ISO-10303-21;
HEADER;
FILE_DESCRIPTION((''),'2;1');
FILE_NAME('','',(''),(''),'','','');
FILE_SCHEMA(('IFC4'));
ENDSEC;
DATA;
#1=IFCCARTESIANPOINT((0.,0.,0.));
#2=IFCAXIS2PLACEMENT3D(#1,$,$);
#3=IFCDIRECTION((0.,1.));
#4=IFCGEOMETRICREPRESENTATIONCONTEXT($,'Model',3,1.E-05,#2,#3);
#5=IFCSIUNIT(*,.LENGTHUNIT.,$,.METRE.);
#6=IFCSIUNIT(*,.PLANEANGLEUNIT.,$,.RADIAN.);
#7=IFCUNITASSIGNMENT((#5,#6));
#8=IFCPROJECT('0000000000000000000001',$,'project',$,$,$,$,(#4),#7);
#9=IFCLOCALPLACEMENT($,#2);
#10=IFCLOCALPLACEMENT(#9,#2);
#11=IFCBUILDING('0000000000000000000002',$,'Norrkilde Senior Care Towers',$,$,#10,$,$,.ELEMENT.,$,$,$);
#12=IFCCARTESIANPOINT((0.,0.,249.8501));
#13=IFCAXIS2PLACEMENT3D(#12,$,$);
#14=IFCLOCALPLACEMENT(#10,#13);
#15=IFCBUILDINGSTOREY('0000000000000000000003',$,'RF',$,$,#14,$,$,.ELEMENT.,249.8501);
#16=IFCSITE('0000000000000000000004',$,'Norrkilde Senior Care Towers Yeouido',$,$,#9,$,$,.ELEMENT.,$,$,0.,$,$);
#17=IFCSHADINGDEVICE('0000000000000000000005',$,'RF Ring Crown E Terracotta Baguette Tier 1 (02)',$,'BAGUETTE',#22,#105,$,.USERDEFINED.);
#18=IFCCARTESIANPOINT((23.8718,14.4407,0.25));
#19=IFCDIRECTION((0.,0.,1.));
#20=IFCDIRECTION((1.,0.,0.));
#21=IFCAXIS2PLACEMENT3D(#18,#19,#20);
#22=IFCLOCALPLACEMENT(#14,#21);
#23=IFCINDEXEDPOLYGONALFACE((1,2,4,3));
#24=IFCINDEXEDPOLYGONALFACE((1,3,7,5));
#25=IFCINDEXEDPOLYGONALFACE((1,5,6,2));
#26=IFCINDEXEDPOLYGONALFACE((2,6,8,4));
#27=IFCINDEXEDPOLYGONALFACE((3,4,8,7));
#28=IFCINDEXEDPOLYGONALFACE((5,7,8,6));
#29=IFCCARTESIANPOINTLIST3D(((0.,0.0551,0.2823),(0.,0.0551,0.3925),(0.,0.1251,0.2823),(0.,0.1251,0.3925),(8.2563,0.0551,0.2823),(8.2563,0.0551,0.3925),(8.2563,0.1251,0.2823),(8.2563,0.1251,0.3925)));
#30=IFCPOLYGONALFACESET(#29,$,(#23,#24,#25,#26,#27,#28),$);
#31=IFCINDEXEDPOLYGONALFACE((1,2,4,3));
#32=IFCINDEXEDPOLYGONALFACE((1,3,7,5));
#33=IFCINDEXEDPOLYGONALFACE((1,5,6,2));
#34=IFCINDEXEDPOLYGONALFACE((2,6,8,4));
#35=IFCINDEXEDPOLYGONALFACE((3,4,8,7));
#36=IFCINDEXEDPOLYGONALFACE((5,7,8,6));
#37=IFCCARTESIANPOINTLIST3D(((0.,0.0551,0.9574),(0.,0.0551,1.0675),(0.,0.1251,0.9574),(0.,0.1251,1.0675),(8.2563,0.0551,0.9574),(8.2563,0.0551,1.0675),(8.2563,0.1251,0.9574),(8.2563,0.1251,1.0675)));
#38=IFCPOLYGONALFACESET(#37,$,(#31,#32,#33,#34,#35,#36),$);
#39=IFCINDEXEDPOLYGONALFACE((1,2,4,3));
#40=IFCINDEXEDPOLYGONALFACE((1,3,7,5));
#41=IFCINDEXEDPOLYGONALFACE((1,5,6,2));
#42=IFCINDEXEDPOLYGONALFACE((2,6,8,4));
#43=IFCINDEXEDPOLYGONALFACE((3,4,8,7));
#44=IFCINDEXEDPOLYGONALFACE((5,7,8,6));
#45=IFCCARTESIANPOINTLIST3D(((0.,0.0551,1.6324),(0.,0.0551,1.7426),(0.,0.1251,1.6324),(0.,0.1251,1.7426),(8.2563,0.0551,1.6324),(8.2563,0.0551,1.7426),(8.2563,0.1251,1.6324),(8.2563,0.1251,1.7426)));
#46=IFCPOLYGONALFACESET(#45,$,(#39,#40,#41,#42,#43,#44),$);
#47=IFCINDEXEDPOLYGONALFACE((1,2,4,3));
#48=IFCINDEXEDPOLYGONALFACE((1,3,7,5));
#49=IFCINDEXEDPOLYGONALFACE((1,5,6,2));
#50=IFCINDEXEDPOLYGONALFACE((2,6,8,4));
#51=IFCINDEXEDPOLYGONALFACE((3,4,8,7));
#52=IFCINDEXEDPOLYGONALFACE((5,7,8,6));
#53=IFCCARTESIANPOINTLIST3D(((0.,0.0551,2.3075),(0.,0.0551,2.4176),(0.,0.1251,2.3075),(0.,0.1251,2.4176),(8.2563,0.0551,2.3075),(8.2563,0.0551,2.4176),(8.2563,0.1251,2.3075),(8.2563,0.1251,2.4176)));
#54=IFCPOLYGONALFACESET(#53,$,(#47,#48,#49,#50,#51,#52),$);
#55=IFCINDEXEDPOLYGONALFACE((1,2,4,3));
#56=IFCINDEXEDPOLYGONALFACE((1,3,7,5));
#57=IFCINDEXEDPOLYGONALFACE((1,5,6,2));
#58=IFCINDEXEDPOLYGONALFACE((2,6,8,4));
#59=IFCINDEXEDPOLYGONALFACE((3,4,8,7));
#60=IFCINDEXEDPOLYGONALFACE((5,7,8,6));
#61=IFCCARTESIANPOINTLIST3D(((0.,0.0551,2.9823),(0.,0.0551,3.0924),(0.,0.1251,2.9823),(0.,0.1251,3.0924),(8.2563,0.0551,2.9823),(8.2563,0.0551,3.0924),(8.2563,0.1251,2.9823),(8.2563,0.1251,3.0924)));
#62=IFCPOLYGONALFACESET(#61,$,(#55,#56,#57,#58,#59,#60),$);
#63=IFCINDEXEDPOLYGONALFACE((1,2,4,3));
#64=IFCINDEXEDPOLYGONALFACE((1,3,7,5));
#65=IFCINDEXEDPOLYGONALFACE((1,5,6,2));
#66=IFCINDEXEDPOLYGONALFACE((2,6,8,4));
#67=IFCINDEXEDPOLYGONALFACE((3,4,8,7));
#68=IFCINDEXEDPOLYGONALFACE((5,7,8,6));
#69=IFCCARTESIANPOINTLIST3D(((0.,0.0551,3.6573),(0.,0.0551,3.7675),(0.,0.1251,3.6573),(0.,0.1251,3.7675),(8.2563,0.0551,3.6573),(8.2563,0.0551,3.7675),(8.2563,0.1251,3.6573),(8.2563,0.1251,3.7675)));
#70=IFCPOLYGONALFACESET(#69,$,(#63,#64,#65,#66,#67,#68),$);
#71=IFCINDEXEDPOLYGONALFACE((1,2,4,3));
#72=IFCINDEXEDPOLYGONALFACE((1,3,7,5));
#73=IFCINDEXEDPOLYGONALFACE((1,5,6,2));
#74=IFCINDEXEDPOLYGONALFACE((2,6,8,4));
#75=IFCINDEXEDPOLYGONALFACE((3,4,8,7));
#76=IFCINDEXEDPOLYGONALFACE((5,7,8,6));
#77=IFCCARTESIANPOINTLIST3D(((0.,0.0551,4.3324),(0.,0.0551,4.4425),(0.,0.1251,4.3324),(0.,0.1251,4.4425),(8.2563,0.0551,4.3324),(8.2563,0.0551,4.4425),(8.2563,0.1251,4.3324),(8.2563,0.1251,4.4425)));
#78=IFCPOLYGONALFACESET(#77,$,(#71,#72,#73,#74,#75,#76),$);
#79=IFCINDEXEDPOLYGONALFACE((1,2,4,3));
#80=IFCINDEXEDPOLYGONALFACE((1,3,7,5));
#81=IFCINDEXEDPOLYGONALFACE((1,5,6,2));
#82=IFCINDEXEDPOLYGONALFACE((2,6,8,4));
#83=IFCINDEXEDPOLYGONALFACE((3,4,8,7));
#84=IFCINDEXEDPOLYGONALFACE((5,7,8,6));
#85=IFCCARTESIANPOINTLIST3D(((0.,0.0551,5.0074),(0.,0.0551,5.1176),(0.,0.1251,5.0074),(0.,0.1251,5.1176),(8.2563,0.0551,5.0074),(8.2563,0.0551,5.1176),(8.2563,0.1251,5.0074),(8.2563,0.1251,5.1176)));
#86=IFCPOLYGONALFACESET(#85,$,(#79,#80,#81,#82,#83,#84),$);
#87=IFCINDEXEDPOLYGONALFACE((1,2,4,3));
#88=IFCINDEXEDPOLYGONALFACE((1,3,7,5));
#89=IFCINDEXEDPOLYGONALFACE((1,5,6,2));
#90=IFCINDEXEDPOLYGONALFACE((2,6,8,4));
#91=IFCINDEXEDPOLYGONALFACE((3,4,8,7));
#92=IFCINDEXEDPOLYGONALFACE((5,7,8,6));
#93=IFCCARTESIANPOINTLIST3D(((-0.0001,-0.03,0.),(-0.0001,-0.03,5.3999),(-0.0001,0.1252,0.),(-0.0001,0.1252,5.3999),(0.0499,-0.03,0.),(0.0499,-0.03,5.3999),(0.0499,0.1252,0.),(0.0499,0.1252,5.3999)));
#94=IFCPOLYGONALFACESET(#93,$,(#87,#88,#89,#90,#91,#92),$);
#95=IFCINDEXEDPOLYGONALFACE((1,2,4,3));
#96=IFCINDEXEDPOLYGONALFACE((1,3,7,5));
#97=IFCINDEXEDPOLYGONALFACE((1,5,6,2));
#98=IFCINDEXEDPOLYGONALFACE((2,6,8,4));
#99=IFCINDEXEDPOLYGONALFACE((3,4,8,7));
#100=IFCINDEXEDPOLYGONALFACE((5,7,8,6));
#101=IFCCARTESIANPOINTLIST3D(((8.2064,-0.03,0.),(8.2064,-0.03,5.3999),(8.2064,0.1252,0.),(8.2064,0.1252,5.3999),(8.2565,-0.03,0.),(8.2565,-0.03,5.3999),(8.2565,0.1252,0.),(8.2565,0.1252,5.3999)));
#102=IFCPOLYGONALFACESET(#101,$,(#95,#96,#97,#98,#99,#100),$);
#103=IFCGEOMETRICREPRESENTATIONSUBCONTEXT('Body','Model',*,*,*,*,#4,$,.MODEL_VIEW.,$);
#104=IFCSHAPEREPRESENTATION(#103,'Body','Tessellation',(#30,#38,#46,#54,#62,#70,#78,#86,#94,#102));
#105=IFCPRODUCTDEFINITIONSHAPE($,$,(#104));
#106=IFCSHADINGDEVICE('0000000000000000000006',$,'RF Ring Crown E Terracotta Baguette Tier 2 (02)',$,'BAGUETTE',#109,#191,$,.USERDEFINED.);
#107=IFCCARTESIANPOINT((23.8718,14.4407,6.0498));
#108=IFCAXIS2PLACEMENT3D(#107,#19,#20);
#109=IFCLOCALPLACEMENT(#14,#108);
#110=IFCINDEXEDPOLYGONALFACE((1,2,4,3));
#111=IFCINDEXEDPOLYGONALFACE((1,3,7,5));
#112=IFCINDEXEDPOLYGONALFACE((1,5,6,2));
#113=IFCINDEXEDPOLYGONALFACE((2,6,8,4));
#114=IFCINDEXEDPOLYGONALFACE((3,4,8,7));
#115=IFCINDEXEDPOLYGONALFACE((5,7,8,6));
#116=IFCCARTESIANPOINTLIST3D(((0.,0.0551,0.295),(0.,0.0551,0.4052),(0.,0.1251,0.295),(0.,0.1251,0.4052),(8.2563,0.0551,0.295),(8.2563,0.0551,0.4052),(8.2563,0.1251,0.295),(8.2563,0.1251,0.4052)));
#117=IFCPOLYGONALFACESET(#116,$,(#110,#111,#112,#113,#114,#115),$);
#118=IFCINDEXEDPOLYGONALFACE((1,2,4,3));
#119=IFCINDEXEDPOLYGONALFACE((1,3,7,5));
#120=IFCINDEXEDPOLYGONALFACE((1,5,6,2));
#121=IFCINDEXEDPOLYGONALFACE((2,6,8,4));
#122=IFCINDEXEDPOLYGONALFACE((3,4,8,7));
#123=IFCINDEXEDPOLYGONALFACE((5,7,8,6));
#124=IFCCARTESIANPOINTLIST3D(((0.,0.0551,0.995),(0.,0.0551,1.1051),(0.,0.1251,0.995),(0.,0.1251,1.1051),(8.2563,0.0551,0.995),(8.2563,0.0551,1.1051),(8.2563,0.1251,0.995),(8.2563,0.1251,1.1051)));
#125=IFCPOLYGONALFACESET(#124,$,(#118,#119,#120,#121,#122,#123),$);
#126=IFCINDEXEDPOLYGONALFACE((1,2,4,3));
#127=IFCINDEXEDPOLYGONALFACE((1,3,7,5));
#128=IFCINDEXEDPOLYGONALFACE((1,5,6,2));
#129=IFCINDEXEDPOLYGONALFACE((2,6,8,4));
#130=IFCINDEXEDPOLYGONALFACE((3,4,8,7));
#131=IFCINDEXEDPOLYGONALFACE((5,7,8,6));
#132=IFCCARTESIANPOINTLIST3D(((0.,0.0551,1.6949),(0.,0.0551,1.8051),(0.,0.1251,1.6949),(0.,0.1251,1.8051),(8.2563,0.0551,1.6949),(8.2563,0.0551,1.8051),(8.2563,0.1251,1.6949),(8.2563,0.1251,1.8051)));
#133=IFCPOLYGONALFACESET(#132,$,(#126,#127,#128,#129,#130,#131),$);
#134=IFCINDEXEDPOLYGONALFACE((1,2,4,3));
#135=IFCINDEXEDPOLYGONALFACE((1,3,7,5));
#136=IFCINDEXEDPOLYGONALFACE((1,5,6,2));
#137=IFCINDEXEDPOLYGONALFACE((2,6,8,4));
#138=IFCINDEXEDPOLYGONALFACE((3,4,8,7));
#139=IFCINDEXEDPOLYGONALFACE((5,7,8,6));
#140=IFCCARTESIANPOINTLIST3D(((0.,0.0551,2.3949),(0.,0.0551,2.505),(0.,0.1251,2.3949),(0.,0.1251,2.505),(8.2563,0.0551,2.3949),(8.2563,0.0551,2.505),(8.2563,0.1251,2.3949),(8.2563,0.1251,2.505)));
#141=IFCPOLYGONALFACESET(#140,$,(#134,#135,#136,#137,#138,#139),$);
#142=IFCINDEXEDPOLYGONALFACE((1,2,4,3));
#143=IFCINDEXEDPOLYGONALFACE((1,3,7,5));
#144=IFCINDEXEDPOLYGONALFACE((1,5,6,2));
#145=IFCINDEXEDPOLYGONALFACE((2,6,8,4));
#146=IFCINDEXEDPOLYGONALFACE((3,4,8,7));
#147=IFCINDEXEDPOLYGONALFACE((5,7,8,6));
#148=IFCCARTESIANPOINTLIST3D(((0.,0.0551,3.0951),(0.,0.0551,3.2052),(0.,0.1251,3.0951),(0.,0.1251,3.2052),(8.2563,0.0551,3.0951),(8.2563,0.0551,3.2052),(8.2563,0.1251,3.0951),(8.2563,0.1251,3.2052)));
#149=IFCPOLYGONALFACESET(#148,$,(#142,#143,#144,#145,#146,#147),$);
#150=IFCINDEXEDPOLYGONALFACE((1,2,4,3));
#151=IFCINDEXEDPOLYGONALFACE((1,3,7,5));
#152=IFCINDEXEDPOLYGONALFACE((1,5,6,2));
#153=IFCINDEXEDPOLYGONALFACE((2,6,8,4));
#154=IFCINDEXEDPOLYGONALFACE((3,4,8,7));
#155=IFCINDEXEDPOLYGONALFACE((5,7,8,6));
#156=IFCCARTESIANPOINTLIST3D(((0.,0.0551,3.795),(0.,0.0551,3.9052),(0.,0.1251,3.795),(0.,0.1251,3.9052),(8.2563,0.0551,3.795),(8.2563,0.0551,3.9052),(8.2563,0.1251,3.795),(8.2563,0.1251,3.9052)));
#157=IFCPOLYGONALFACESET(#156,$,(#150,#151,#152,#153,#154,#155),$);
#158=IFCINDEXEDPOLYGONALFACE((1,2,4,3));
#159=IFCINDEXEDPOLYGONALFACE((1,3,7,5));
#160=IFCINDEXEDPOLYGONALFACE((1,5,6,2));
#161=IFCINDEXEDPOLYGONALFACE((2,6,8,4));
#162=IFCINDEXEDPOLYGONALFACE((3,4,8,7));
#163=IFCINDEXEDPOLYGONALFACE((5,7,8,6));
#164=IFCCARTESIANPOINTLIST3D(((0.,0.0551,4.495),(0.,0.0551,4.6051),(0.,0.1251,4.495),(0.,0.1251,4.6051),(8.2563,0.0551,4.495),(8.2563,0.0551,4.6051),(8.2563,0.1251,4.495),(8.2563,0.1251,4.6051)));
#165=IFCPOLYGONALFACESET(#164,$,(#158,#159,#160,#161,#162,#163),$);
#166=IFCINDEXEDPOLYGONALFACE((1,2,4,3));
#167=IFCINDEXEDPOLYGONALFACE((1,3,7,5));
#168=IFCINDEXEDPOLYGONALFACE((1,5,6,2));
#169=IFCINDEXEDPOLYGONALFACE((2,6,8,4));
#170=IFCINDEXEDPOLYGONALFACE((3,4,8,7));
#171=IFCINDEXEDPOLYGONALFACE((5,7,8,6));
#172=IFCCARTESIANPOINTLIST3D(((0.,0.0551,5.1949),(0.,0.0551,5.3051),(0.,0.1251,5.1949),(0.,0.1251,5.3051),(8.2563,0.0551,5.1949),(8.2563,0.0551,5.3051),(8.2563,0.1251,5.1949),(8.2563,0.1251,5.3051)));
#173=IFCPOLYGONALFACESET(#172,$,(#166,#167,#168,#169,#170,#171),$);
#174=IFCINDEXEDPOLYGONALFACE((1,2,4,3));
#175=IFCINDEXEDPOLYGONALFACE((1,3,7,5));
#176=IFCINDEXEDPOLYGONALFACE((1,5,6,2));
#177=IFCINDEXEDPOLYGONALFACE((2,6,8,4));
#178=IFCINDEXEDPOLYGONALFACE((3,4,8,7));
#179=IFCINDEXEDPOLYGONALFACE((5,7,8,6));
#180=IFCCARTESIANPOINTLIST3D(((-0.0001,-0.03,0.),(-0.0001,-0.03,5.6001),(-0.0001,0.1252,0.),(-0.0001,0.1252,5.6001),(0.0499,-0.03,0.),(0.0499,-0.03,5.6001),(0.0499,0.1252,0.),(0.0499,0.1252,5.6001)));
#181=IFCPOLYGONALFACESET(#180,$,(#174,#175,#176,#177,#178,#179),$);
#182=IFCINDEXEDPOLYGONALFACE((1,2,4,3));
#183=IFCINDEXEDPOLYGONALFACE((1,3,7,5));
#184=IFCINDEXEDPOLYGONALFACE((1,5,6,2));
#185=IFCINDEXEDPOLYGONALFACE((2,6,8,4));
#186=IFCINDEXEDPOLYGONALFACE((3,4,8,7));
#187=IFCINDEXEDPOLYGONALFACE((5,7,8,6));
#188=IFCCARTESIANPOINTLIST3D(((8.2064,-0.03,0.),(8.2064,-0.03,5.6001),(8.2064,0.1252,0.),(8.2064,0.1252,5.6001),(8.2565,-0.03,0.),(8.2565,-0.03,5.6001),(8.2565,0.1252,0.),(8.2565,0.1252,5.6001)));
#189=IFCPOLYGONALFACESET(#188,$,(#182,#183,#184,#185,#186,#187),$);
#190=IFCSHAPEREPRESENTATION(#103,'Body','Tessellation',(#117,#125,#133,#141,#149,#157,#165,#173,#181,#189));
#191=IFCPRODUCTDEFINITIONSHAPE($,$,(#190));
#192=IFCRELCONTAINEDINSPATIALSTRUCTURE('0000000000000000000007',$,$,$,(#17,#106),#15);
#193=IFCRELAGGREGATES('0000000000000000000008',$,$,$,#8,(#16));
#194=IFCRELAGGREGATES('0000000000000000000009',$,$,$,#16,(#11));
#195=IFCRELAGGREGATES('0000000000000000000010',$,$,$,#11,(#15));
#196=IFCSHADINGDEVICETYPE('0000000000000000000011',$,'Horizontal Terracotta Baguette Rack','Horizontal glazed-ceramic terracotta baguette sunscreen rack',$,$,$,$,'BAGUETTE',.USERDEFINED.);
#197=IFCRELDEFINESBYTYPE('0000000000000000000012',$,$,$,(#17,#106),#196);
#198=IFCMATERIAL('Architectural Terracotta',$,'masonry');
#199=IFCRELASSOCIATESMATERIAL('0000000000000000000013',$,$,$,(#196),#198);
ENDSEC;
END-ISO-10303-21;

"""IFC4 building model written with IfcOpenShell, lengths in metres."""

from ifc_helpers import new_model, si_unit, direction, frame, origin, origin_2d, place, context, subcontext, project, spatial, rectangle, extrude, source, transform, mapped, material, type_object, type_shapes, element, save


model = new_model("IFC4")

# Units and contexts
model_context = context("Model", 3, precision=1e-05, world=origin(), true_north=direction((0.0, 1.0)))
body_context = subcontext(model_context, "Body", "Model", "MODEL_VIEW")
ifc_project = project(units=[si_unit("LENGTHUNIT", "METRE"), si_unit("PLANEANGLEUNIT", "RADIAN")], contexts=[model_context])

# Site, building, storey
site_placement = place(None, origin())
site = spatial("IfcSite", under=ifc_project, at=site_placement, Name="Norrkilde Senior Care Towers Yeouido", CompositionType="ELEMENT", RefElevation=0.0)
building_placement = place(site_placement, origin())
building = spatial("IfcBuilding", under=site, at=building_placement, Name="Norrkilde Senior Care Towers", CompositionType="ELEMENT")
storey_placement = place(building_placement, frame((0.0, 0.0, 249.8501)))
storey = spatial("IfcBuildingStorey", under=building, at=storey_placement, Name="RF", CompositionType="ELEMENT", Elevation=249.8501)

# Shared definitions
ifc_material_1 = material(Name="Architectural Terracotta", Category="masonry")

# Shading devices
shading_device_type = type_object("IfcShadingDeviceType", Name="Horizontal Terracotta Baguette Rack", Description="Horizontal glazed-ceramic terracotta baguette sunscreen rack", ElementType="BAGUETTE", PredefinedType="USERDEFINED", material=ifc_material_1)
shared_shape_1 = source(origin(), body_context, "Body", "SweptSolid", [
    extrude(rectangle(XDim=0.0701, YDim=0.1101, at=origin_2d()), frame((0.0, 0.0901, 0.3374), z_axis=(1.0, 0.0, 0.0), x_axis=(0.0, 1.0, 0.0)), (0.0, 0.0, 1.0), 8.2563),
    extrude(rectangle(XDim=0.0701, YDim=0.1101, at=origin_2d()), frame((0.0, 0.0901, 1.0125), z_axis=(1.0, 0.0, 0.0), x_axis=(0.0, 1.0, 0.0)), (0.0, 0.0, 1.0), 8.2563),
    extrude(rectangle(XDim=0.0701, YDim=0.1101, at=origin_2d()), frame((0.0, 0.0901, 1.6875), z_axis=(1.0, 0.0, 0.0), x_axis=(0.0, 1.0, 0.0)), (0.0, 0.0, 1.0), 8.2563),
    extrude(rectangle(XDim=0.0701, YDim=0.1101, at=origin_2d()), frame((0.0, 0.0901, 2.3625), z_axis=(1.0, 0.0, 0.0), x_axis=(0.0, 1.0, 0.0)), (0.0, 0.0, 1.0), 8.2563),
    extrude(rectangle(XDim=0.0701, YDim=0.1101, at=origin_2d()), frame((0.0, 0.0901, 3.0374), z_axis=(1.0, 0.0, 0.0), x_axis=(0.0, 1.0, 0.0)), (0.0, 0.0, 1.0), 8.2563),
    extrude(rectangle(XDim=0.0701, YDim=0.1101, at=origin_2d()), frame((0.0, 0.0901, 3.7124), z_axis=(1.0, 0.0, 0.0), x_axis=(0.0, 1.0, 0.0)), (0.0, 0.0, 1.0), 8.2563),
    extrude(rectangle(XDim=0.0701, YDim=0.1101, at=origin_2d()), frame((0.0, 0.0901, 4.3875), z_axis=(1.0, 0.0, 0.0), x_axis=(0.0, 1.0, 0.0)), (0.0, 0.0, 1.0), 8.2563),
    extrude(rectangle(XDim=0.0701, YDim=0.1101, at=origin_2d()), frame((0.0, 0.0901, 5.0625), z_axis=(1.0, 0.0, 0.0), x_axis=(0.0, 1.0, 0.0)), (0.0, 0.0, 1.0), 8.2563),
    extrude(rectangle(XDim=0.05, YDim=0.1553, at=origin_2d()), frame((0.0249, 0.0476, 0.0)), (0.0, 0.0, 1.0), 5.3999),
    extrude(rectangle(XDim=0.05, YDim=0.1553, at=origin_2d()), frame((8.2314, 0.0476, 0.0)), (0.0, 0.0, 1.0), 5.3999),
])
shading_device_1_placement = place(storey_placement, frame((23.8718, 14.4407, 0.25), z_axis=(0.0, 0.0, 1.0), x_axis=(1.0, 0.0, 0.0)))
element("IfcShadingDevice", 1, at=shading_device_1_placement, inside=storey, type_object=shading_device_type, Name="RF Ring Crown E Terracotta Baguette Tier 1 (02)", ObjectType="BAGUETTE", PredefinedType="USERDEFINED", context=body_context, shape_type="MappedRepresentation", body=[
    mapped(shared_shape_1, transform((0.0, 0.0, 0.0), x_axis=(1.0, 0.0, 0.0), y_axis=(0.0, 1.0, 0.0), z_axis=(0.0, 0.0, 1.0), scale=1.0)),
])
shared_shape_2 = source(origin(), body_context, "Body", "SweptSolid", [
    extrude(rectangle(XDim=0.0701, YDim=0.1101, at=origin_2d()), frame((0.0, 0.0901, 0.3501), z_axis=(1.0, 0.0, 0.0), x_axis=(0.0, 1.0, 0.0)), (0.0, 0.0, 1.0), 8.2563),
    extrude(rectangle(XDim=0.0701, YDim=0.1101, at=origin_2d()), frame((0.0, 0.0901, 1.05), z_axis=(1.0, 0.0, 0.0), x_axis=(0.0, 1.0, 0.0)), (0.0, 0.0, 1.0), 8.2563),
    extrude(rectangle(XDim=0.0701, YDim=0.1101, at=origin_2d()), frame((0.0, 0.0901, 1.75), z_axis=(1.0, 0.0, 0.0), x_axis=(0.0, 1.0, 0.0)), (0.0, 0.0, 1.0), 8.2563),
    extrude(rectangle(XDim=0.0701, YDim=0.1101, at=origin_2d()), frame((0.0, 0.0901, 2.45), z_axis=(1.0, 0.0, 0.0), x_axis=(0.0, 1.0, 0.0)), (0.0, 0.0, 1.0), 8.2563),
    extrude(rectangle(XDim=0.0701, YDim=0.1101, at=origin_2d()), frame((0.0, 0.0901, 3.1501), z_axis=(1.0, 0.0, 0.0), x_axis=(0.0, 1.0, 0.0)), (0.0, 0.0, 1.0), 8.2563),
    extrude(rectangle(XDim=0.0701, YDim=0.1101, at=origin_2d()), frame((0.0, 0.0901, 3.8501), z_axis=(1.0, 0.0, 0.0), x_axis=(0.0, 1.0, 0.0)), (0.0, 0.0, 1.0), 8.2563),
    extrude(rectangle(XDim=0.0701, YDim=0.1101, at=origin_2d()), frame((0.0, 0.0901, 4.55), z_axis=(1.0, 0.0, 0.0), x_axis=(0.0, 1.0, 0.0)), (0.0, 0.0, 1.0), 8.2563),
    extrude(rectangle(XDim=0.0701, YDim=0.1101, at=origin_2d()), frame((0.0, 0.0901, 5.25), z_axis=(1.0, 0.0, 0.0), x_axis=(0.0, 1.0, 0.0)), (0.0, 0.0, 1.0), 8.2563),
    extrude(rectangle(XDim=0.05, YDim=0.1553, at=origin_2d()), frame((0.0249, 0.0476, 0.0)), (0.0, 0.0, 1.0), 5.6001),
    extrude(rectangle(XDim=0.05, YDim=0.1553, at=origin_2d()), frame((8.2314, 0.0476, 0.0)), (0.0, 0.0, 1.0), 5.6001),
])
type_shapes(shading_device_type, [shared_shape_1, shared_shape_2])
shading_device_2_placement = place(storey_placement, frame((23.8718, 14.4407, 6.0498), z_axis=(0.0, 0.0, 1.0), x_axis=(1.0, 0.0, 0.0)))
element("IfcShadingDevice", 2, at=shading_device_2_placement, inside=storey, type_object=shading_device_type, Name="RF Ring Crown E Terracotta Baguette Tier 2 (02)", ObjectType="BAGUETTE", PredefinedType="USERDEFINED", context=body_context, shape_type="MappedRepresentation", body=[
    mapped(shared_shape_2, transform((0.0, 0.0, 0.0), x_axis=(1.0, 0.0, 0.0), y_axis=(0.0, 1.0, 0.0), z_axis=(0.0, 0.0, 1.0), scale=1.0)),
])

save(model, "model.ifc")
